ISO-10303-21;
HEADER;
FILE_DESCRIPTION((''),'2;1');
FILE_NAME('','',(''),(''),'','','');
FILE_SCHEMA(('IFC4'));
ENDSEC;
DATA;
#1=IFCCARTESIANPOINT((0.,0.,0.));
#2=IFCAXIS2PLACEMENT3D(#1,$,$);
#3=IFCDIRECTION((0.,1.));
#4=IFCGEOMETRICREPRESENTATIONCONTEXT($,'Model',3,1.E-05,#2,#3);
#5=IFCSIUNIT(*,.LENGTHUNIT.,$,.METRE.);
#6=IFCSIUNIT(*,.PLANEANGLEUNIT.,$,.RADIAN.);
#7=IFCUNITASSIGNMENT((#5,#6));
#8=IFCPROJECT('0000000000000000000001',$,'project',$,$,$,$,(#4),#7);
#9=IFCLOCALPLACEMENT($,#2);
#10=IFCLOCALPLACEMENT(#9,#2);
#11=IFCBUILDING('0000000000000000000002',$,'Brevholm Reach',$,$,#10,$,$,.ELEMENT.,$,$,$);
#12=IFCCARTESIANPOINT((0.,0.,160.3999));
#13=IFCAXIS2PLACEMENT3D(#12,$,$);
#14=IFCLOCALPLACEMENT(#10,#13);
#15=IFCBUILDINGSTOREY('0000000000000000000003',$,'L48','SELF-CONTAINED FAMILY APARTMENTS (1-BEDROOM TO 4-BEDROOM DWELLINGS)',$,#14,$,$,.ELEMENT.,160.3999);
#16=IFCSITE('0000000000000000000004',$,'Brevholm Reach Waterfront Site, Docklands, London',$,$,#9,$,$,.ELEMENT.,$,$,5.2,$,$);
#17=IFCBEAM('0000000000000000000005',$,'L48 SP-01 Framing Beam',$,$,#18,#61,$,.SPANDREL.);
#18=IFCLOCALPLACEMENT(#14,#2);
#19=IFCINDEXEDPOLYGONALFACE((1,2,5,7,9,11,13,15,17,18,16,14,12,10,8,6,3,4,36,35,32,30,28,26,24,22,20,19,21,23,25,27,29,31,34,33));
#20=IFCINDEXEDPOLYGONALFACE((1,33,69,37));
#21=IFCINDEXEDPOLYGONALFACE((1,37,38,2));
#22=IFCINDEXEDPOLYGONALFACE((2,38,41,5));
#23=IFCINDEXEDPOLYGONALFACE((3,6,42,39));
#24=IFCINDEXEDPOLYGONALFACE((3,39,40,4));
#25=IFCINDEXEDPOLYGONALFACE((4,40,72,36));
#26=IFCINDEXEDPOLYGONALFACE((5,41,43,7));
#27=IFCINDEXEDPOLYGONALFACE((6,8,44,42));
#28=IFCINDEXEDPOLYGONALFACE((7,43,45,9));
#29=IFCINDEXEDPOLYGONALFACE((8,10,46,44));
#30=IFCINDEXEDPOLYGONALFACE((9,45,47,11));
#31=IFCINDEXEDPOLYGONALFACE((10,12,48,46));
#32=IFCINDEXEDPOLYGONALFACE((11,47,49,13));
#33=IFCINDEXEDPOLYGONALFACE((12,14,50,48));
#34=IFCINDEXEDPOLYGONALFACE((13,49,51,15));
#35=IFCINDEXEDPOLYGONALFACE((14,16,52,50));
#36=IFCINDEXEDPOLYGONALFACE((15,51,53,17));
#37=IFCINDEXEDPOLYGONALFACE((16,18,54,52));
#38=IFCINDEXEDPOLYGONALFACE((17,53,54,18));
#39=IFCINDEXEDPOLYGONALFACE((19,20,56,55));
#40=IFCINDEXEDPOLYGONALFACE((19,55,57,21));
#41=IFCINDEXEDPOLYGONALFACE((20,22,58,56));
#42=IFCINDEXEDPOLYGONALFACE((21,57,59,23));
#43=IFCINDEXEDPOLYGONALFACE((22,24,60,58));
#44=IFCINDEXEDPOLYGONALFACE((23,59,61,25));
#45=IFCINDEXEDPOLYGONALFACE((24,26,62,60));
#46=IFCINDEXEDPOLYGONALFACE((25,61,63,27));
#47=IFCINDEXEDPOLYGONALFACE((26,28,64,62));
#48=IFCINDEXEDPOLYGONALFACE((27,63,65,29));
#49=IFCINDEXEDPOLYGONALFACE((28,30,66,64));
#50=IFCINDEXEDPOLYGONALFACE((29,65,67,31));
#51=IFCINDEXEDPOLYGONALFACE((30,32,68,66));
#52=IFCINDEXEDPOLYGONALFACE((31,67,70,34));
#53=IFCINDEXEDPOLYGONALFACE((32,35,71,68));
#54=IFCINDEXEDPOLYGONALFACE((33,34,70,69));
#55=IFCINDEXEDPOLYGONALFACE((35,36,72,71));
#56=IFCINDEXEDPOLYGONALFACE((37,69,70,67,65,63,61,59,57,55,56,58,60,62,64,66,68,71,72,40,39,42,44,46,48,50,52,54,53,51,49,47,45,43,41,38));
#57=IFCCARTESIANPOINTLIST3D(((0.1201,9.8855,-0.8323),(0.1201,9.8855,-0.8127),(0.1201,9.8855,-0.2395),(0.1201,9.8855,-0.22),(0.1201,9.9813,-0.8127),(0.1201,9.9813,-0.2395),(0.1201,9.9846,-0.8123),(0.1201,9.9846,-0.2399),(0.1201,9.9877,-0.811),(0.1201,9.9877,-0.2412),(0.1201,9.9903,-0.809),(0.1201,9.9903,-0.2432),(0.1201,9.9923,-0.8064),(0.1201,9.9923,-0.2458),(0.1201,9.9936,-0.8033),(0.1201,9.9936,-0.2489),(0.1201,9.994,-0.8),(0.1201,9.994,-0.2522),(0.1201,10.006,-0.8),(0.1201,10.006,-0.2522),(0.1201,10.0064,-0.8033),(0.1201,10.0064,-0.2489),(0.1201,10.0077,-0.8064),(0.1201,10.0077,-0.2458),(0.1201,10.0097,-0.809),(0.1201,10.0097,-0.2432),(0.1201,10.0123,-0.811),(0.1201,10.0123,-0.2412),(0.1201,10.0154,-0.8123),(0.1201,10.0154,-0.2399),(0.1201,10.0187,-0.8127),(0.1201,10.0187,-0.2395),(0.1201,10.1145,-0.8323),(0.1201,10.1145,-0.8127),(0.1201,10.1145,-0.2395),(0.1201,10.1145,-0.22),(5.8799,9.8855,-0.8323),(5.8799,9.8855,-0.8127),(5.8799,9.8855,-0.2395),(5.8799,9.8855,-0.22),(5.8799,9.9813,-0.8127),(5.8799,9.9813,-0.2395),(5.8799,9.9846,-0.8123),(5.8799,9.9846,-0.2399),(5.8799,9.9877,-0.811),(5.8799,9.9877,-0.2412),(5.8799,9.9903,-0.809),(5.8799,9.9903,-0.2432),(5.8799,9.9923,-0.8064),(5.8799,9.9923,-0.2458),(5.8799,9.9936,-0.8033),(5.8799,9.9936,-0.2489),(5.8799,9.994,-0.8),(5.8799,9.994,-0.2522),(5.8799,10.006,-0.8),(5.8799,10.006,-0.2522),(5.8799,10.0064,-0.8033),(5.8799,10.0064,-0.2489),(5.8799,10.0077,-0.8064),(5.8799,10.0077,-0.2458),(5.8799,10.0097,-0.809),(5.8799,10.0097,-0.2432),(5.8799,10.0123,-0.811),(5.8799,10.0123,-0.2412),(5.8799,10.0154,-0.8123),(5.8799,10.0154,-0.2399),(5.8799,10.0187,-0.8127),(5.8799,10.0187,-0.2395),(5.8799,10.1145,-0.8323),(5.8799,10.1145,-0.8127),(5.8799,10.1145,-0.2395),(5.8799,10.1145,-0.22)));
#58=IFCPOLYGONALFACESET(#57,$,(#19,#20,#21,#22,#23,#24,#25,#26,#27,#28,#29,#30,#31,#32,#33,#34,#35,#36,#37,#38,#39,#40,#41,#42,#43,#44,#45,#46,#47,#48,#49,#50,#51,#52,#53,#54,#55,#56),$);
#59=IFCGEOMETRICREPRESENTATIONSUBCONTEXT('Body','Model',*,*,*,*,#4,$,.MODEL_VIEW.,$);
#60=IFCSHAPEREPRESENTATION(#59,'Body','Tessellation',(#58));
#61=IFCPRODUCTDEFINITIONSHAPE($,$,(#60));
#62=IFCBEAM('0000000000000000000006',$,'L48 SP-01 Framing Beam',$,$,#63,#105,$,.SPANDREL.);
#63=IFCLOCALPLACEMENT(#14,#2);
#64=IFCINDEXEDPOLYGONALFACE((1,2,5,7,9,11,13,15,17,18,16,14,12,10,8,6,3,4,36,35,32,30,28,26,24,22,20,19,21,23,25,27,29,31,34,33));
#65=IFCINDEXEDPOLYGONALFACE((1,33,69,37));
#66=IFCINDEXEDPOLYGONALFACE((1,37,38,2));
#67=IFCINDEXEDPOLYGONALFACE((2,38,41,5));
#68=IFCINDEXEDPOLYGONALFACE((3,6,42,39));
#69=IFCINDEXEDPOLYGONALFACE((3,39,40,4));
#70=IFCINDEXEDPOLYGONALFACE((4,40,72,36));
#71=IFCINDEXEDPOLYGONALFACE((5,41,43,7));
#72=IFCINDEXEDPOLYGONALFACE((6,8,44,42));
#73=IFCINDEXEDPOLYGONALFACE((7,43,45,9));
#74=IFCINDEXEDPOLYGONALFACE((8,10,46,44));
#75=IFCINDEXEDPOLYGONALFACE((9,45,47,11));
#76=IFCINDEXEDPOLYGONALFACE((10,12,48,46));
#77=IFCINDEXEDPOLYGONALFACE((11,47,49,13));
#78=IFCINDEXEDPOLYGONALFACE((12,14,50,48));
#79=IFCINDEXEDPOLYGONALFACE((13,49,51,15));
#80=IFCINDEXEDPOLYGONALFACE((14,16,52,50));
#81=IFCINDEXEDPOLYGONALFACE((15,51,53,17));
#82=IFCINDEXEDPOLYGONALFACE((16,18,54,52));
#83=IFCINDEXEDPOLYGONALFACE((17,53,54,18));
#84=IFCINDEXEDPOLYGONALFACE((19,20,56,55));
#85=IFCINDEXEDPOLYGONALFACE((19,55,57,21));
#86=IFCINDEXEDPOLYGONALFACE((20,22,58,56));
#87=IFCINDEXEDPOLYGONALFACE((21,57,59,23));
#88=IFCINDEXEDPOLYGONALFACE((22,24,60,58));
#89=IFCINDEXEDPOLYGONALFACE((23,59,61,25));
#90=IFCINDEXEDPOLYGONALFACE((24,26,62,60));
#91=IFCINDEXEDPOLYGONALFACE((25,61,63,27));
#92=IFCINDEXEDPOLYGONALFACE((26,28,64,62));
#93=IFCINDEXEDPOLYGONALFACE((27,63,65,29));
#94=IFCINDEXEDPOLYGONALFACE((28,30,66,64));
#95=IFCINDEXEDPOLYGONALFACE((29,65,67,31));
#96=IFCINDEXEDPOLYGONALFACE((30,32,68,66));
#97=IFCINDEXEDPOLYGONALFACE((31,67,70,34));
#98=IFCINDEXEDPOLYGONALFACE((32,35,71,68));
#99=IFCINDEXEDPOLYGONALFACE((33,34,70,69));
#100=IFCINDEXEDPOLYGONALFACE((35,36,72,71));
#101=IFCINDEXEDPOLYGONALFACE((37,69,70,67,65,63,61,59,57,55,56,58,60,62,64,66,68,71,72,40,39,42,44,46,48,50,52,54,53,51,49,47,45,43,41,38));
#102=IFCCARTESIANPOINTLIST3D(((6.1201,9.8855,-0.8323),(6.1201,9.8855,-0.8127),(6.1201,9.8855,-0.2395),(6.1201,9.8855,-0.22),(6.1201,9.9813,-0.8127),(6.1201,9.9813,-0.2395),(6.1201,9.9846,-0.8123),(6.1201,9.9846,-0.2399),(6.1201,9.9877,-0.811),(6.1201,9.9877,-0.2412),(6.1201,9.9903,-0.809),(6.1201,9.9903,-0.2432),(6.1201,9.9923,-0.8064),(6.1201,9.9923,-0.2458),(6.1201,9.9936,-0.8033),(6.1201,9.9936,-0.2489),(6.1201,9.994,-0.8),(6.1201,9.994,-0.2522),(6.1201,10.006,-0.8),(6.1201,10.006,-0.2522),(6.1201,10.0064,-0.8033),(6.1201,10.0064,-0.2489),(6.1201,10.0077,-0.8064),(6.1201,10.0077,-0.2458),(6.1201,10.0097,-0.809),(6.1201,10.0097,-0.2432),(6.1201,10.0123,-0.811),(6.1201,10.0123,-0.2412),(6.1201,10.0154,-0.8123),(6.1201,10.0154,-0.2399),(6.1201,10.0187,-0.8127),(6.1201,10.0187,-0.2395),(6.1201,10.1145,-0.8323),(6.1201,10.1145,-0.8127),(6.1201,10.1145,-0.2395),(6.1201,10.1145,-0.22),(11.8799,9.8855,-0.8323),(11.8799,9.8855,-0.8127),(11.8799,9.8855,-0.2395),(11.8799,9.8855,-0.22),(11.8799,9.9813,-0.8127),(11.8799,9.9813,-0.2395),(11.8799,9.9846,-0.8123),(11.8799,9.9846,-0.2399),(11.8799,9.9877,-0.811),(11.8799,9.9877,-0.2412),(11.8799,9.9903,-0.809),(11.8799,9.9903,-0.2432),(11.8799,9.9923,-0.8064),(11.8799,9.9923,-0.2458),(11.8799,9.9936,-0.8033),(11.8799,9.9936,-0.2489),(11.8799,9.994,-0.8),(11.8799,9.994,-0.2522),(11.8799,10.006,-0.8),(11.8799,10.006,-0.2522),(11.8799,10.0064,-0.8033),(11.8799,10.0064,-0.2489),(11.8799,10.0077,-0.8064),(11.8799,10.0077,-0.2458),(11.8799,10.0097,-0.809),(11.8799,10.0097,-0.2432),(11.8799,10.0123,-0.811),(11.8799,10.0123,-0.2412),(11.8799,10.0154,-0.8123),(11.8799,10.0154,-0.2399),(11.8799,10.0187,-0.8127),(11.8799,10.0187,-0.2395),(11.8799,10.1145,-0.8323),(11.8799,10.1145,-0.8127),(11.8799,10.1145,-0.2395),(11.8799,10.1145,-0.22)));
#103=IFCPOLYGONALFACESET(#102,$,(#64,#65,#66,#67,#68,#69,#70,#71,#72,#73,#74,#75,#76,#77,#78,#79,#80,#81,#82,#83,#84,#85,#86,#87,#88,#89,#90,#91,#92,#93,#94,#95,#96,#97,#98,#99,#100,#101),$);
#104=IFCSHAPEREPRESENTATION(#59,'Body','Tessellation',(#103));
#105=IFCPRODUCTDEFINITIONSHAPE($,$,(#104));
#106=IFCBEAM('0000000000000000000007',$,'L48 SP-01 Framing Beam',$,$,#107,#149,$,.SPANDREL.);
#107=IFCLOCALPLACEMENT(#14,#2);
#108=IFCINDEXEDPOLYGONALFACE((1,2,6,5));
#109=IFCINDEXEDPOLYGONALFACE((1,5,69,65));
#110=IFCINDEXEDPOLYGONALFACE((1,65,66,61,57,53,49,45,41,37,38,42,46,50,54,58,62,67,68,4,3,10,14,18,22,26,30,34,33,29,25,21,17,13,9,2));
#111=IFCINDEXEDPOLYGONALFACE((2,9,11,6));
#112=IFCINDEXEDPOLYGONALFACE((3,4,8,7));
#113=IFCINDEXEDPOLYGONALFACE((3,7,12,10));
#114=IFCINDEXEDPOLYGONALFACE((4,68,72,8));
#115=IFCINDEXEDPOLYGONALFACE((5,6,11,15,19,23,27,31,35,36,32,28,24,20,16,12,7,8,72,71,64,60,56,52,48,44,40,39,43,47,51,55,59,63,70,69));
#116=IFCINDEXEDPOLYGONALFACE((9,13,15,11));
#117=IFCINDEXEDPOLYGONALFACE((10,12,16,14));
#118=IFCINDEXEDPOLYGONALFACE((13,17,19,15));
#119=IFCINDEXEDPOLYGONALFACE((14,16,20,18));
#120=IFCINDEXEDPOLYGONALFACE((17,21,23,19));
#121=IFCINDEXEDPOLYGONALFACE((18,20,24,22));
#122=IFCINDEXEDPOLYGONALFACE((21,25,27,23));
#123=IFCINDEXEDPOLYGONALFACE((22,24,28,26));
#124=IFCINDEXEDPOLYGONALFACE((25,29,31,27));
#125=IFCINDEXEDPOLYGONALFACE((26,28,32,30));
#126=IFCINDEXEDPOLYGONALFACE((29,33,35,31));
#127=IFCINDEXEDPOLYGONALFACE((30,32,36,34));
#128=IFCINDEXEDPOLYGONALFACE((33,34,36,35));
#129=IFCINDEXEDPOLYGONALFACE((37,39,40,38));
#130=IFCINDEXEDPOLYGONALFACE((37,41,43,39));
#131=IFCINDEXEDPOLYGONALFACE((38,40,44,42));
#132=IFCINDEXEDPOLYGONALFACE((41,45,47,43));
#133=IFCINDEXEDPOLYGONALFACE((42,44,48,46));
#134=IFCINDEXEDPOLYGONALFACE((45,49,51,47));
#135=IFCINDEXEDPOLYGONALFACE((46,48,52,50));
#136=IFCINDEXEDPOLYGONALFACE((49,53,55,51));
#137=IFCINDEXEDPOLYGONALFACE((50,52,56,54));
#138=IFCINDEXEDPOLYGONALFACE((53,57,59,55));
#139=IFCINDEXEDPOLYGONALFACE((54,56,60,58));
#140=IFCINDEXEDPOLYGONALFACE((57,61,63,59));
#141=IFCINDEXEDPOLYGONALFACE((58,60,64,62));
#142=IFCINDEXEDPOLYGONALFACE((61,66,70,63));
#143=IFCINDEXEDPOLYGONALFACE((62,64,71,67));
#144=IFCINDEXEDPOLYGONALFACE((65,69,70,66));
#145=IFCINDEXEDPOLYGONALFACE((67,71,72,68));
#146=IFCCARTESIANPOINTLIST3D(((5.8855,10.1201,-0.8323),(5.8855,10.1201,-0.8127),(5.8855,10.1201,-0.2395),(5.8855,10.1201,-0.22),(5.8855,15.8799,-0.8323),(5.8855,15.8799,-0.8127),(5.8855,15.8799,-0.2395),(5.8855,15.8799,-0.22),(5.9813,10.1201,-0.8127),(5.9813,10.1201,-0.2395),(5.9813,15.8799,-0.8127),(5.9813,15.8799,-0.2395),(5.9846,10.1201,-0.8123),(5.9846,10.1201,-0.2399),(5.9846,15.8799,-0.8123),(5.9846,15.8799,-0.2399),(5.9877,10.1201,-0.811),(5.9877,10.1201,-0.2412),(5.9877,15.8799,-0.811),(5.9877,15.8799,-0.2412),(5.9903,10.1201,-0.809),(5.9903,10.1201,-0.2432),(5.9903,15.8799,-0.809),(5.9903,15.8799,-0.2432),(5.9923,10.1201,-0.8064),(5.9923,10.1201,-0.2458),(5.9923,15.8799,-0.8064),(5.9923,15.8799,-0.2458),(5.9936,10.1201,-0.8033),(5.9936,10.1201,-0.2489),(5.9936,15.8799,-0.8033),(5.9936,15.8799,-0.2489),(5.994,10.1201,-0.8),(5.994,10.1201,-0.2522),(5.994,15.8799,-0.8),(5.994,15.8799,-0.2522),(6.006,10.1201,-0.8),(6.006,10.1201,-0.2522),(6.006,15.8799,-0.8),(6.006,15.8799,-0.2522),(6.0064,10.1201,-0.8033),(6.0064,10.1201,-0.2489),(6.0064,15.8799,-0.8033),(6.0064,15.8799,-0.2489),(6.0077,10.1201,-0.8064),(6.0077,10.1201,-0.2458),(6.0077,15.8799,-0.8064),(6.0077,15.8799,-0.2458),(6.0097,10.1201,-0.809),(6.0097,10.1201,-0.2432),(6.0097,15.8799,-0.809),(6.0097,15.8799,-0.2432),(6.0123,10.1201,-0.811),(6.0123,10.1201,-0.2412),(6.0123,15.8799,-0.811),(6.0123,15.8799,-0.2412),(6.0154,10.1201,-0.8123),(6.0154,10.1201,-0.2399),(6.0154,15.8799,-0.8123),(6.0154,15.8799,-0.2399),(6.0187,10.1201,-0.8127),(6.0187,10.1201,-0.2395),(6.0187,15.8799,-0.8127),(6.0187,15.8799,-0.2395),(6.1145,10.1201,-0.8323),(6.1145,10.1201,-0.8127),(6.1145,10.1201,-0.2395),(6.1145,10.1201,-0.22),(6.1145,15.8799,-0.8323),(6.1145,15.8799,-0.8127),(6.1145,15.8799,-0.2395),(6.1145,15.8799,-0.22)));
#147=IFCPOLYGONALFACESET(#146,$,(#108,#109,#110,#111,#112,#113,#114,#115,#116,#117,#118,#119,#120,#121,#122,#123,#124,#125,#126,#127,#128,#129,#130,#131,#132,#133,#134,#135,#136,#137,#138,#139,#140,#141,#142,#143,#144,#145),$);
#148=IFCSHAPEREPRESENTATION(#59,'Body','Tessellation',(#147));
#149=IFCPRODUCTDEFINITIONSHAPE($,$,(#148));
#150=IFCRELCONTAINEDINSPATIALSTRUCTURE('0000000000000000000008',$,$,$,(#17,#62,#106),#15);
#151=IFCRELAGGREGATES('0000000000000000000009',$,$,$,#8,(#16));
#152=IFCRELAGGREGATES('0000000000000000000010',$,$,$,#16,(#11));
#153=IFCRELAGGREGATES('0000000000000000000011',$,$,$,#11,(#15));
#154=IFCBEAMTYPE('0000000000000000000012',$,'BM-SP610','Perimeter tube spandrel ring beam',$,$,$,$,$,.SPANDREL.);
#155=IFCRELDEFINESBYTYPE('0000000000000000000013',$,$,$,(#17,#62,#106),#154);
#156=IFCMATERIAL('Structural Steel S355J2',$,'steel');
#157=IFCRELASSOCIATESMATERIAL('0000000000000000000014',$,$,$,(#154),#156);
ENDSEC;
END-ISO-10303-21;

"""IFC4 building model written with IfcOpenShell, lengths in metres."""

from ifc_helpers import new_model, si_unit, direction, frame, origin, origin_2d, place, context, subcontext, project, spatial, i_section, extrude, material, material_profile, profile_set, type_object, element, save


model = new_model("IFC4")

# Units and contexts
model_context = context("Model", 3, precision=1e-05, world=origin(), true_north=direction((0.0, 1.0)))
body_context = subcontext(model_context, "Body", "Model", "MODEL_VIEW")
ifc_project = project(units=[si_unit("LENGTHUNIT", "METRE"), si_unit("PLANEANGLEUNIT", "RADIAN")], contexts=[model_context])

# Site, building, storey
site_placement = place(None, origin())
site = spatial("IfcSite", under=ifc_project, at=site_placement, Name="Brevholm Reach Waterfront Site, Docklands, London", CompositionType="ELEMENT", RefElevation=5.2)
building_placement = place(site_placement, origin())
building = spatial("IfcBuilding", under=site, at=building_placement, Name="Brevholm Reach", CompositionType="ELEMENT")
storey_placement = place(building_placement, frame((0.0, 0.0, 160.3999)))
storey = spatial("IfcBuildingStorey", under=building, at=storey_placement, Name="L48", Description="SELF-CONTAINED FAMILY APARTMENTS (1-BEDROOM TO 4-BEDROOM DWELLINGS)", CompositionType="ELEMENT", Elevation=160.3999)

# Beams
ifc_material_1 = material(Name="Structural Steel S355J2", Category="steel")
ifc_material_profile_1 = material_profile(ifc_material_1, i_section(OverallWidth=0.229, OverallDepth=0.6123, WebThickness=0.012, FlangeThickness=0.0195, FilletRadius=0.0127, at=origin_2d()), Name="UKB 610x229x125")
ifc_profile_set_1 = profile_set([ifc_material_profile_1], Name="Structural Steel S355J2")
beam_type_1 = type_object("IfcBeamType", Name="BM-SP610", Description="Perimeter tube spandrel ring beam", PredefinedType="SPANDREL", material=ifc_profile_set_1)
for number, where, z_axis, x_axis, name in (
    (1, (0.1201, 10.0, -0.5261), (1.0, 0.0, 0.0), (0.0, 1.0, 0.0), "L48 SP-01 Framing Beam"),
    (2, (6.1201, 10.0, -0.5261), (1.0, 0.0, 0.0), (0.0, 1.0, 0.0), "L48 SP-01 Framing Beam"),
    (3, (6.0, 10.1201, -0.5261), (0.0, 1.0, 0.0), (-1.0, 0.0, 0.0), "L48 SP-01 Framing Beam"),
):
    element("IfcBeam", number, at=place(storey_placement, frame(where, z_axis=z_axis, x_axis=x_axis)), inside=storey, type_object=beam_type_1, Name=name, PredefinedType="SPANDREL", context=body_context, shape_type="SweptSolid", body=[
        extrude(i_section(OverallWidth=0.229, OverallDepth=0.6123, WebThickness=0.012, FlangeThickness=0.0195, FilletRadius=0.0127, at=origin_2d()), origin(), (0.0, 0.0, 1.0), 5.7598),
    ])

save(model, "model.ifc")
